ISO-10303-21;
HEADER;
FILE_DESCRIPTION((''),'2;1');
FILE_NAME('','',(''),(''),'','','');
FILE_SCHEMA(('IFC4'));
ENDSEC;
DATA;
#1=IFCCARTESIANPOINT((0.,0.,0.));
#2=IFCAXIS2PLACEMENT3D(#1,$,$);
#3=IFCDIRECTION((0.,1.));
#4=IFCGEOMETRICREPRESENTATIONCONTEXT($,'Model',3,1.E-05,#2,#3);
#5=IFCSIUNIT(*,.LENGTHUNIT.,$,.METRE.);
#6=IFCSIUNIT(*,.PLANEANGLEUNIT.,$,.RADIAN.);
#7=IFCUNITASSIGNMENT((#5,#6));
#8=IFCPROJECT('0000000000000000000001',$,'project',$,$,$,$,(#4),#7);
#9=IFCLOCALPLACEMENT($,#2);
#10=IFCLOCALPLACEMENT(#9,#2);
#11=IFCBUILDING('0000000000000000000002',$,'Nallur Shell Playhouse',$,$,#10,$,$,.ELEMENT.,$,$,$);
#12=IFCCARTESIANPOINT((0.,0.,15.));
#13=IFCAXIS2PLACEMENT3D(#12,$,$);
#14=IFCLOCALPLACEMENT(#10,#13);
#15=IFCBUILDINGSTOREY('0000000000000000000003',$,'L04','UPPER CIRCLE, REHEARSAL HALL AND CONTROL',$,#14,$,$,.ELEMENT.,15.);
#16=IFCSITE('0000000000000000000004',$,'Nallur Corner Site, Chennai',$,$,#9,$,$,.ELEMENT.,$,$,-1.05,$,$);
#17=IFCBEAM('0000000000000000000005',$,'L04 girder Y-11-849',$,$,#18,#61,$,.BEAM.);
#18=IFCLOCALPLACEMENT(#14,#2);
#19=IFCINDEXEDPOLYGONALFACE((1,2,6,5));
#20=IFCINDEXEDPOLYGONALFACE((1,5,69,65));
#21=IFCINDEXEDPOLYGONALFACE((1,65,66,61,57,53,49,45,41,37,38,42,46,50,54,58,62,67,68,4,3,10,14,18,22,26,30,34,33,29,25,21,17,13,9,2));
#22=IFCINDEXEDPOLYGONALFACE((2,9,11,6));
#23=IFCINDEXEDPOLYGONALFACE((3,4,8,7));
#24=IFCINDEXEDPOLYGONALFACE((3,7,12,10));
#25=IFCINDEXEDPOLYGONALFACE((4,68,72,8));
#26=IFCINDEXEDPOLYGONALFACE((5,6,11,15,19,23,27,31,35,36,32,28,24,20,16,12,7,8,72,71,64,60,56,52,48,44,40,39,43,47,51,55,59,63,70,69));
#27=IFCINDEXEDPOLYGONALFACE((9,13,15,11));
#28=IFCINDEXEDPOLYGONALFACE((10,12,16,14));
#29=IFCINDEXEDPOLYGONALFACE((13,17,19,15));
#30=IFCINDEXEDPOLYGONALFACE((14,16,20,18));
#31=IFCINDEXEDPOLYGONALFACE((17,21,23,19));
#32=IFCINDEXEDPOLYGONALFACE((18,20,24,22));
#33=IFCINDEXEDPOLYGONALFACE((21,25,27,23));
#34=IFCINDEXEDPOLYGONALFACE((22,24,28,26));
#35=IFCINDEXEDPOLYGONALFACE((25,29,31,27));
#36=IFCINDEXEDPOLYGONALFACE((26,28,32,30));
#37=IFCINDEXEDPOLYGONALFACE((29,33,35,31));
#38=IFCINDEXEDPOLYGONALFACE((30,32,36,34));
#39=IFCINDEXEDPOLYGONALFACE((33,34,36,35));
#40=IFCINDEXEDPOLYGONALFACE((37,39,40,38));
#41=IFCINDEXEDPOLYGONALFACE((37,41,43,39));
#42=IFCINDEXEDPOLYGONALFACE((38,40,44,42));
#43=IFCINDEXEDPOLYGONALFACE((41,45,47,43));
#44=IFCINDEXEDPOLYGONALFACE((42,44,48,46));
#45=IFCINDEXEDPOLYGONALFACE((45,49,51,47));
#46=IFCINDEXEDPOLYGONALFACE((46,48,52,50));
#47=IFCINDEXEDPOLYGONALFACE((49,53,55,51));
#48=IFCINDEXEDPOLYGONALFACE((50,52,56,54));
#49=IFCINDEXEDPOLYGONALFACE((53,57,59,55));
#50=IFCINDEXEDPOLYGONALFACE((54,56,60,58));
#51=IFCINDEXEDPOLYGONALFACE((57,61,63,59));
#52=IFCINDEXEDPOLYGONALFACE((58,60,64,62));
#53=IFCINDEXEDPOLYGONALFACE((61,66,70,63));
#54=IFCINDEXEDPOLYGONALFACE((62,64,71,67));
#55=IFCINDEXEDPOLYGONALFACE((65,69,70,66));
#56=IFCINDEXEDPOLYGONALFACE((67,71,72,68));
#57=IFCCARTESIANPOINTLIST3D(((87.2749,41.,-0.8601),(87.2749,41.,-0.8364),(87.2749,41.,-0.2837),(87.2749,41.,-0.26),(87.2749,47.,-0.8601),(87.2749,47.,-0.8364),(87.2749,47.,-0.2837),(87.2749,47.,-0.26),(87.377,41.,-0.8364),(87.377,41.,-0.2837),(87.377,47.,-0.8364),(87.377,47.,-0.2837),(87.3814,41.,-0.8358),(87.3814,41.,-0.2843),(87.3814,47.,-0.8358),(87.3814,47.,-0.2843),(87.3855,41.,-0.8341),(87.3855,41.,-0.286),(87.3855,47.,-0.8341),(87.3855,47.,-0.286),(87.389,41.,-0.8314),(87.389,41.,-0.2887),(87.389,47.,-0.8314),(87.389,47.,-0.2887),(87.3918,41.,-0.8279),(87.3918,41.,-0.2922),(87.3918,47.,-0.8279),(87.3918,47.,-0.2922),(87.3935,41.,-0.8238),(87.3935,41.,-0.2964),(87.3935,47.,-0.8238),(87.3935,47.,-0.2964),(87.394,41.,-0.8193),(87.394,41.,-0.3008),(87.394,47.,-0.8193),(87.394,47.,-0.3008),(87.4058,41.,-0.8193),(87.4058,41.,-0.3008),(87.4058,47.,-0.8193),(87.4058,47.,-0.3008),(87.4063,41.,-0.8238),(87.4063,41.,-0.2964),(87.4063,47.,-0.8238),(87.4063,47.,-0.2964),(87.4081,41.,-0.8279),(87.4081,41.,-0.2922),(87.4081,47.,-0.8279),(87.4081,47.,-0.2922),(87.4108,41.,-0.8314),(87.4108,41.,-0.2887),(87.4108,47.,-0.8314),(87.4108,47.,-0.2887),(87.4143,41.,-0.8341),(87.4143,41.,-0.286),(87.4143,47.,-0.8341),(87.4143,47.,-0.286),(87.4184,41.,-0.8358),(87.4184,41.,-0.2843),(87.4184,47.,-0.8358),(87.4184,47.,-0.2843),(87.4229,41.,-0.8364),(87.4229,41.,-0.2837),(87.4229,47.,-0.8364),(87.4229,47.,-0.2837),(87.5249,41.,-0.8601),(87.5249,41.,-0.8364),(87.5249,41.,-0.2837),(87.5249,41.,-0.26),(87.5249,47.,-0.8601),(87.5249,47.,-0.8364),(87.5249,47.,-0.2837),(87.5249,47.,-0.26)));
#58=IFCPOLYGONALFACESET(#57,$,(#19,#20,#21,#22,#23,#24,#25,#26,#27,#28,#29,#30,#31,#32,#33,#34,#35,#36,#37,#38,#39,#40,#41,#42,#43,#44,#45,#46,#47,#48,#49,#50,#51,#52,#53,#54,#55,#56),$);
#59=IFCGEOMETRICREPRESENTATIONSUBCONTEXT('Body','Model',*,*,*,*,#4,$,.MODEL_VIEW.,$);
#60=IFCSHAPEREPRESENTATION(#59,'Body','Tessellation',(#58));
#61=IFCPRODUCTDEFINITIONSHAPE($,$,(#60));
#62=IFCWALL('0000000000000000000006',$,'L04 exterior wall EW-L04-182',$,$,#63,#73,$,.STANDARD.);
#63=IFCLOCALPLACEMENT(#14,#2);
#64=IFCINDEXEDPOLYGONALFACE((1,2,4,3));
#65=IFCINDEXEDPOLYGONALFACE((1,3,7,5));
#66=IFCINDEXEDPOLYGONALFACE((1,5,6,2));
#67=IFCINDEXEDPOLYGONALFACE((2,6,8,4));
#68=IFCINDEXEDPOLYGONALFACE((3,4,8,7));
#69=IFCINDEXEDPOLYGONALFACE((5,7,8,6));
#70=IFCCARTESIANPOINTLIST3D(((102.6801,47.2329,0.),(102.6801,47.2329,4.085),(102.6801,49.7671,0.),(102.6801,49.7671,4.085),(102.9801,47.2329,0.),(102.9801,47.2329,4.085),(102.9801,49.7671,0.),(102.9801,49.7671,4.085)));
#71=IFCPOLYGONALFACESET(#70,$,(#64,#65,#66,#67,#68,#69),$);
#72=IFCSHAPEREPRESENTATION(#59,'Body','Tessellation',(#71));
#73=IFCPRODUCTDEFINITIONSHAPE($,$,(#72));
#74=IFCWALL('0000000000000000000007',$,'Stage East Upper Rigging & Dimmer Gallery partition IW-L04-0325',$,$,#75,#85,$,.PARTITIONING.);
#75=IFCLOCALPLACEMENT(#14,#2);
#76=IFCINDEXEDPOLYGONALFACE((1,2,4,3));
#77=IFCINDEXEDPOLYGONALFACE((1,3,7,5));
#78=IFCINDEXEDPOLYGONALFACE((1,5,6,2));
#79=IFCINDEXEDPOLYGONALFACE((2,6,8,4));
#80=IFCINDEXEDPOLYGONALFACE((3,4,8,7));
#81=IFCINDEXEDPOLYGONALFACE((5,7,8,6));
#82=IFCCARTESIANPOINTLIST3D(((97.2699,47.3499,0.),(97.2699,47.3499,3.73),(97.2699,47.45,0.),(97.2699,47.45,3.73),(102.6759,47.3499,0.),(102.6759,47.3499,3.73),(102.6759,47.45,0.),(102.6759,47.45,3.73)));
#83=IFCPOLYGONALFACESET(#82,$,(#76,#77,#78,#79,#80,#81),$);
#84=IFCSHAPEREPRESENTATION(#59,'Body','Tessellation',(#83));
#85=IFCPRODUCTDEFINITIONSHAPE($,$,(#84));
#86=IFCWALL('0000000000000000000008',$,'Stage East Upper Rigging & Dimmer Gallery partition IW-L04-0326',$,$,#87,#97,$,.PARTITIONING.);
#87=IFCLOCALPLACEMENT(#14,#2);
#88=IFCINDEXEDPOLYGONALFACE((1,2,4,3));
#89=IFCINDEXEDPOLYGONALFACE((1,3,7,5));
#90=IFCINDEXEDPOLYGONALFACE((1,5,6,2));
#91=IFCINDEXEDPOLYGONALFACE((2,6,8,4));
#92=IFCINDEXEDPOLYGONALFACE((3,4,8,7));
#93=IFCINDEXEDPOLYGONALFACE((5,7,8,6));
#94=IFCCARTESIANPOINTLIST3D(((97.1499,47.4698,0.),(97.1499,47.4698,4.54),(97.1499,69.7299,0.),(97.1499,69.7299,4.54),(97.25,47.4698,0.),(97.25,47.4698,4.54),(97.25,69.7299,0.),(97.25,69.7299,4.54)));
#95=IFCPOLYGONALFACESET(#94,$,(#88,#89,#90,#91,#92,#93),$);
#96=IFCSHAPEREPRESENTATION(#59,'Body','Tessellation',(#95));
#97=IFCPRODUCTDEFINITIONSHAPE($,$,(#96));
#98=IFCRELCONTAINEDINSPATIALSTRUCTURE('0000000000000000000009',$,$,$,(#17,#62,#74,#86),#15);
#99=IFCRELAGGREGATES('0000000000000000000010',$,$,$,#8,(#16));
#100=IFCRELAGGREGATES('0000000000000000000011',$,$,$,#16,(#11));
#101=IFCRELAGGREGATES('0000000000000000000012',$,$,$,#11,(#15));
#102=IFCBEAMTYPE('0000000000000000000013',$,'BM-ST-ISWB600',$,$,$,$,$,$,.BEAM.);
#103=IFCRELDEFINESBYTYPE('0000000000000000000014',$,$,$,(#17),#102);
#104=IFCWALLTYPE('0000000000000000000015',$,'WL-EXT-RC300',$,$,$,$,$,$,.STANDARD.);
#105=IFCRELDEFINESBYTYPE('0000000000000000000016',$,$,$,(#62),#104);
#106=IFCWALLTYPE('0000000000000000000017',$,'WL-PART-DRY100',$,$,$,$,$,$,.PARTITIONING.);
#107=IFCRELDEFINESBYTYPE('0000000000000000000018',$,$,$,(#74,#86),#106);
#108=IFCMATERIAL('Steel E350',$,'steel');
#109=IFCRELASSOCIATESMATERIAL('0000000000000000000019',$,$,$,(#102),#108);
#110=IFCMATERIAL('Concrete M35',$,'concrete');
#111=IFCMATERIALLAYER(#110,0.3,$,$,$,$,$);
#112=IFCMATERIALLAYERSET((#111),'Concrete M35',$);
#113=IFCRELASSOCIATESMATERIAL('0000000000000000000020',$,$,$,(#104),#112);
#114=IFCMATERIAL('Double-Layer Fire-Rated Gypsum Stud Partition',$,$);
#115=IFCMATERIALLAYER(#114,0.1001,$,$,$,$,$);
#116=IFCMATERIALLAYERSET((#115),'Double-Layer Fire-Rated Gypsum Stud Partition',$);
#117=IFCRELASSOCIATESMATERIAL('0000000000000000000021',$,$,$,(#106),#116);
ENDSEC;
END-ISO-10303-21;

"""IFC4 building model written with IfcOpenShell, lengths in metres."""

from ifc_helpers import new_model, si_unit, direction, frame, frame_2d, origin, origin_2d, place, context, subcontext, project, spatial, rectangle, i_section, extrude, material, layer, layer_set, material_profile, profile_set, type_object, element, save


model = new_model("IFC4")

# Units and contexts
model_context = context("Model", 3, precision=1e-05, world=origin(), true_north=direction((0.0, 1.0)))
body_context = subcontext(model_context, "Body", "Model", "MODEL_VIEW")
ifc_project = project(units=[si_unit("LENGTHUNIT", "METRE"), si_unit("PLANEANGLEUNIT", "RADIAN")], contexts=[model_context])

# Site, building, storey
site_placement = place(None, origin())
site = spatial("IfcSite", under=ifc_project, at=site_placement, Name="Nallur Corner Site, Chennai", CompositionType="ELEMENT", RefElevation=-1.05)
building_placement = place(site_placement, origin())
building = spatial("IfcBuilding", under=site, at=building_placement, Name="Nallur Shell Playhouse", CompositionType="ELEMENT")
storey_placement = place(building_placement, frame((0.0, 0.0, 15.0)))
storey = spatial("IfcBuildingStorey", under=building, at=storey_placement, Name="L04", Description="UPPER CIRCLE, REHEARSAL HALL AND CONTROL", CompositionType="ELEMENT", Elevation=15.0)

# Shared definitions
ifc_material_1 = material(Name="Steel E350", Category="steel")

# Beam
ifc_material_2 = material(Name="Concrete M35", Category="concrete")
ifc_material_profile_1 = material_profile(ifc_material_1, i_section(OverallWidth=0.25, OverallDepth=0.6001, WebThickness=0.0117, FlangeThickness=0.0237, FilletRadius=0.0171, at=origin_2d()), Name="ISWB 600")
ifc_profile_set_1 = profile_set([ifc_material_profile_1], Name="Steel E350")
beam_type_1 = type_object("IfcBeamType", Name="BM-ST-ISWB600", PredefinedType="BEAM", material=ifc_profile_set_1)
beam_1_placement = place(storey_placement, frame((87.3999, 41.0, -0.5601), z_axis=(0.0, 1.0, 0.0), x_axis=(-1.0, 0.0, 0.0)))
element("IfcBeam", 1, at=beam_1_placement, inside=storey, type_object=beam_type_1, Name="L04 girder Y-11-849", PredefinedType="BEAM", context=body_context, shape_type="SweptSolid", body=[
    extrude(i_section(OverallWidth=0.25, OverallDepth=0.6001, WebThickness=0.0117, FlangeThickness=0.0237, FilletRadius=0.0171, at=origin_2d()), origin(), (0.0, 0.0, 1.0), 6.0),
])

# Walls
ifc_layer_1 = layer(ifc_material_2, 0.3)
ifc_layer_set_1 = layer_set([ifc_layer_1], Name="Concrete M35")
wall_type_1 = type_object("IfcWallType", Name="WL-EXT-RC300", PredefinedType="STANDARD", material=ifc_layer_set_1)
wall_1_placement = place(storey_placement, frame((102.8301, 49.7671, 0.0), z_axis=(0.0, 0.0, 1.0), x_axis=(0.0, -1.0, 0.0)))
element("IfcWall", 2, at=wall_1_placement, inside=storey, type_object=wall_type_1, Name="L04 exterior wall EW-L04-182", PredefinedType="STANDARD", context=body_context, shape_type="SweptSolid", body=[
    extrude(rectangle(XDim=2.5342, YDim=0.3, at=frame_2d((1.2671, 0.0))), origin(), (0.0, 0.0, 1.0), 4.085),
])
ifc_material_3 = material(Name="Double-Layer Fire-Rated Gypsum Stud Partition")
ifc_layer_2 = layer(ifc_material_3, 0.1001)
ifc_layer_set_2 = layer_set([ifc_layer_2], Name="Double-Layer Fire-Rated Gypsum Stud Partition")
wall_type_2 = type_object("IfcWallType", Name="WL-PART-DRY100", PredefinedType="PARTITIONING", material=ifc_layer_set_2)
wall_2_placement = place(storey_placement, frame((102.676, 47.3999, 0.0), z_axis=(0.0, 0.0, 1.0), x_axis=(-1.0, 0.0, 0.0)))
element("IfcWall", 3, at=wall_2_placement, inside=storey, type_object=wall_type_2, Name="Stage East Upper Rigging & Dimmer Gallery partition IW-L04-0325", PredefinedType="PARTITIONING", context=body_context, shape_type="SweptSolid", body=[
    extrude(rectangle(XDim=5.406, YDim=0.1001, at=frame_2d((2.7031, 0.0))), origin(), (0.0, 0.0, 1.0), 3.73),
])
wall_3_placement = place(storey_placement, frame((97.2, 47.47, 0.0), z_axis=(0.0, 0.0, 1.0), x_axis=(0.0, 1.0, 0.0)))
element("IfcWall", 4, at=wall_3_placement, inside=storey, type_object=wall_type_2, Name="Stage East Upper Rigging & Dimmer Gallery partition IW-L04-0326", PredefinedType="PARTITIONING", context=body_context, shape_type="SweptSolid", body=[
    extrude(rectangle(XDim=22.26, YDim=0.1001, at=frame_2d((11.1299, 0.0))), origin(), (0.0, 0.0, 1.0), 4.54),
])

save(model, "model.ifc")
